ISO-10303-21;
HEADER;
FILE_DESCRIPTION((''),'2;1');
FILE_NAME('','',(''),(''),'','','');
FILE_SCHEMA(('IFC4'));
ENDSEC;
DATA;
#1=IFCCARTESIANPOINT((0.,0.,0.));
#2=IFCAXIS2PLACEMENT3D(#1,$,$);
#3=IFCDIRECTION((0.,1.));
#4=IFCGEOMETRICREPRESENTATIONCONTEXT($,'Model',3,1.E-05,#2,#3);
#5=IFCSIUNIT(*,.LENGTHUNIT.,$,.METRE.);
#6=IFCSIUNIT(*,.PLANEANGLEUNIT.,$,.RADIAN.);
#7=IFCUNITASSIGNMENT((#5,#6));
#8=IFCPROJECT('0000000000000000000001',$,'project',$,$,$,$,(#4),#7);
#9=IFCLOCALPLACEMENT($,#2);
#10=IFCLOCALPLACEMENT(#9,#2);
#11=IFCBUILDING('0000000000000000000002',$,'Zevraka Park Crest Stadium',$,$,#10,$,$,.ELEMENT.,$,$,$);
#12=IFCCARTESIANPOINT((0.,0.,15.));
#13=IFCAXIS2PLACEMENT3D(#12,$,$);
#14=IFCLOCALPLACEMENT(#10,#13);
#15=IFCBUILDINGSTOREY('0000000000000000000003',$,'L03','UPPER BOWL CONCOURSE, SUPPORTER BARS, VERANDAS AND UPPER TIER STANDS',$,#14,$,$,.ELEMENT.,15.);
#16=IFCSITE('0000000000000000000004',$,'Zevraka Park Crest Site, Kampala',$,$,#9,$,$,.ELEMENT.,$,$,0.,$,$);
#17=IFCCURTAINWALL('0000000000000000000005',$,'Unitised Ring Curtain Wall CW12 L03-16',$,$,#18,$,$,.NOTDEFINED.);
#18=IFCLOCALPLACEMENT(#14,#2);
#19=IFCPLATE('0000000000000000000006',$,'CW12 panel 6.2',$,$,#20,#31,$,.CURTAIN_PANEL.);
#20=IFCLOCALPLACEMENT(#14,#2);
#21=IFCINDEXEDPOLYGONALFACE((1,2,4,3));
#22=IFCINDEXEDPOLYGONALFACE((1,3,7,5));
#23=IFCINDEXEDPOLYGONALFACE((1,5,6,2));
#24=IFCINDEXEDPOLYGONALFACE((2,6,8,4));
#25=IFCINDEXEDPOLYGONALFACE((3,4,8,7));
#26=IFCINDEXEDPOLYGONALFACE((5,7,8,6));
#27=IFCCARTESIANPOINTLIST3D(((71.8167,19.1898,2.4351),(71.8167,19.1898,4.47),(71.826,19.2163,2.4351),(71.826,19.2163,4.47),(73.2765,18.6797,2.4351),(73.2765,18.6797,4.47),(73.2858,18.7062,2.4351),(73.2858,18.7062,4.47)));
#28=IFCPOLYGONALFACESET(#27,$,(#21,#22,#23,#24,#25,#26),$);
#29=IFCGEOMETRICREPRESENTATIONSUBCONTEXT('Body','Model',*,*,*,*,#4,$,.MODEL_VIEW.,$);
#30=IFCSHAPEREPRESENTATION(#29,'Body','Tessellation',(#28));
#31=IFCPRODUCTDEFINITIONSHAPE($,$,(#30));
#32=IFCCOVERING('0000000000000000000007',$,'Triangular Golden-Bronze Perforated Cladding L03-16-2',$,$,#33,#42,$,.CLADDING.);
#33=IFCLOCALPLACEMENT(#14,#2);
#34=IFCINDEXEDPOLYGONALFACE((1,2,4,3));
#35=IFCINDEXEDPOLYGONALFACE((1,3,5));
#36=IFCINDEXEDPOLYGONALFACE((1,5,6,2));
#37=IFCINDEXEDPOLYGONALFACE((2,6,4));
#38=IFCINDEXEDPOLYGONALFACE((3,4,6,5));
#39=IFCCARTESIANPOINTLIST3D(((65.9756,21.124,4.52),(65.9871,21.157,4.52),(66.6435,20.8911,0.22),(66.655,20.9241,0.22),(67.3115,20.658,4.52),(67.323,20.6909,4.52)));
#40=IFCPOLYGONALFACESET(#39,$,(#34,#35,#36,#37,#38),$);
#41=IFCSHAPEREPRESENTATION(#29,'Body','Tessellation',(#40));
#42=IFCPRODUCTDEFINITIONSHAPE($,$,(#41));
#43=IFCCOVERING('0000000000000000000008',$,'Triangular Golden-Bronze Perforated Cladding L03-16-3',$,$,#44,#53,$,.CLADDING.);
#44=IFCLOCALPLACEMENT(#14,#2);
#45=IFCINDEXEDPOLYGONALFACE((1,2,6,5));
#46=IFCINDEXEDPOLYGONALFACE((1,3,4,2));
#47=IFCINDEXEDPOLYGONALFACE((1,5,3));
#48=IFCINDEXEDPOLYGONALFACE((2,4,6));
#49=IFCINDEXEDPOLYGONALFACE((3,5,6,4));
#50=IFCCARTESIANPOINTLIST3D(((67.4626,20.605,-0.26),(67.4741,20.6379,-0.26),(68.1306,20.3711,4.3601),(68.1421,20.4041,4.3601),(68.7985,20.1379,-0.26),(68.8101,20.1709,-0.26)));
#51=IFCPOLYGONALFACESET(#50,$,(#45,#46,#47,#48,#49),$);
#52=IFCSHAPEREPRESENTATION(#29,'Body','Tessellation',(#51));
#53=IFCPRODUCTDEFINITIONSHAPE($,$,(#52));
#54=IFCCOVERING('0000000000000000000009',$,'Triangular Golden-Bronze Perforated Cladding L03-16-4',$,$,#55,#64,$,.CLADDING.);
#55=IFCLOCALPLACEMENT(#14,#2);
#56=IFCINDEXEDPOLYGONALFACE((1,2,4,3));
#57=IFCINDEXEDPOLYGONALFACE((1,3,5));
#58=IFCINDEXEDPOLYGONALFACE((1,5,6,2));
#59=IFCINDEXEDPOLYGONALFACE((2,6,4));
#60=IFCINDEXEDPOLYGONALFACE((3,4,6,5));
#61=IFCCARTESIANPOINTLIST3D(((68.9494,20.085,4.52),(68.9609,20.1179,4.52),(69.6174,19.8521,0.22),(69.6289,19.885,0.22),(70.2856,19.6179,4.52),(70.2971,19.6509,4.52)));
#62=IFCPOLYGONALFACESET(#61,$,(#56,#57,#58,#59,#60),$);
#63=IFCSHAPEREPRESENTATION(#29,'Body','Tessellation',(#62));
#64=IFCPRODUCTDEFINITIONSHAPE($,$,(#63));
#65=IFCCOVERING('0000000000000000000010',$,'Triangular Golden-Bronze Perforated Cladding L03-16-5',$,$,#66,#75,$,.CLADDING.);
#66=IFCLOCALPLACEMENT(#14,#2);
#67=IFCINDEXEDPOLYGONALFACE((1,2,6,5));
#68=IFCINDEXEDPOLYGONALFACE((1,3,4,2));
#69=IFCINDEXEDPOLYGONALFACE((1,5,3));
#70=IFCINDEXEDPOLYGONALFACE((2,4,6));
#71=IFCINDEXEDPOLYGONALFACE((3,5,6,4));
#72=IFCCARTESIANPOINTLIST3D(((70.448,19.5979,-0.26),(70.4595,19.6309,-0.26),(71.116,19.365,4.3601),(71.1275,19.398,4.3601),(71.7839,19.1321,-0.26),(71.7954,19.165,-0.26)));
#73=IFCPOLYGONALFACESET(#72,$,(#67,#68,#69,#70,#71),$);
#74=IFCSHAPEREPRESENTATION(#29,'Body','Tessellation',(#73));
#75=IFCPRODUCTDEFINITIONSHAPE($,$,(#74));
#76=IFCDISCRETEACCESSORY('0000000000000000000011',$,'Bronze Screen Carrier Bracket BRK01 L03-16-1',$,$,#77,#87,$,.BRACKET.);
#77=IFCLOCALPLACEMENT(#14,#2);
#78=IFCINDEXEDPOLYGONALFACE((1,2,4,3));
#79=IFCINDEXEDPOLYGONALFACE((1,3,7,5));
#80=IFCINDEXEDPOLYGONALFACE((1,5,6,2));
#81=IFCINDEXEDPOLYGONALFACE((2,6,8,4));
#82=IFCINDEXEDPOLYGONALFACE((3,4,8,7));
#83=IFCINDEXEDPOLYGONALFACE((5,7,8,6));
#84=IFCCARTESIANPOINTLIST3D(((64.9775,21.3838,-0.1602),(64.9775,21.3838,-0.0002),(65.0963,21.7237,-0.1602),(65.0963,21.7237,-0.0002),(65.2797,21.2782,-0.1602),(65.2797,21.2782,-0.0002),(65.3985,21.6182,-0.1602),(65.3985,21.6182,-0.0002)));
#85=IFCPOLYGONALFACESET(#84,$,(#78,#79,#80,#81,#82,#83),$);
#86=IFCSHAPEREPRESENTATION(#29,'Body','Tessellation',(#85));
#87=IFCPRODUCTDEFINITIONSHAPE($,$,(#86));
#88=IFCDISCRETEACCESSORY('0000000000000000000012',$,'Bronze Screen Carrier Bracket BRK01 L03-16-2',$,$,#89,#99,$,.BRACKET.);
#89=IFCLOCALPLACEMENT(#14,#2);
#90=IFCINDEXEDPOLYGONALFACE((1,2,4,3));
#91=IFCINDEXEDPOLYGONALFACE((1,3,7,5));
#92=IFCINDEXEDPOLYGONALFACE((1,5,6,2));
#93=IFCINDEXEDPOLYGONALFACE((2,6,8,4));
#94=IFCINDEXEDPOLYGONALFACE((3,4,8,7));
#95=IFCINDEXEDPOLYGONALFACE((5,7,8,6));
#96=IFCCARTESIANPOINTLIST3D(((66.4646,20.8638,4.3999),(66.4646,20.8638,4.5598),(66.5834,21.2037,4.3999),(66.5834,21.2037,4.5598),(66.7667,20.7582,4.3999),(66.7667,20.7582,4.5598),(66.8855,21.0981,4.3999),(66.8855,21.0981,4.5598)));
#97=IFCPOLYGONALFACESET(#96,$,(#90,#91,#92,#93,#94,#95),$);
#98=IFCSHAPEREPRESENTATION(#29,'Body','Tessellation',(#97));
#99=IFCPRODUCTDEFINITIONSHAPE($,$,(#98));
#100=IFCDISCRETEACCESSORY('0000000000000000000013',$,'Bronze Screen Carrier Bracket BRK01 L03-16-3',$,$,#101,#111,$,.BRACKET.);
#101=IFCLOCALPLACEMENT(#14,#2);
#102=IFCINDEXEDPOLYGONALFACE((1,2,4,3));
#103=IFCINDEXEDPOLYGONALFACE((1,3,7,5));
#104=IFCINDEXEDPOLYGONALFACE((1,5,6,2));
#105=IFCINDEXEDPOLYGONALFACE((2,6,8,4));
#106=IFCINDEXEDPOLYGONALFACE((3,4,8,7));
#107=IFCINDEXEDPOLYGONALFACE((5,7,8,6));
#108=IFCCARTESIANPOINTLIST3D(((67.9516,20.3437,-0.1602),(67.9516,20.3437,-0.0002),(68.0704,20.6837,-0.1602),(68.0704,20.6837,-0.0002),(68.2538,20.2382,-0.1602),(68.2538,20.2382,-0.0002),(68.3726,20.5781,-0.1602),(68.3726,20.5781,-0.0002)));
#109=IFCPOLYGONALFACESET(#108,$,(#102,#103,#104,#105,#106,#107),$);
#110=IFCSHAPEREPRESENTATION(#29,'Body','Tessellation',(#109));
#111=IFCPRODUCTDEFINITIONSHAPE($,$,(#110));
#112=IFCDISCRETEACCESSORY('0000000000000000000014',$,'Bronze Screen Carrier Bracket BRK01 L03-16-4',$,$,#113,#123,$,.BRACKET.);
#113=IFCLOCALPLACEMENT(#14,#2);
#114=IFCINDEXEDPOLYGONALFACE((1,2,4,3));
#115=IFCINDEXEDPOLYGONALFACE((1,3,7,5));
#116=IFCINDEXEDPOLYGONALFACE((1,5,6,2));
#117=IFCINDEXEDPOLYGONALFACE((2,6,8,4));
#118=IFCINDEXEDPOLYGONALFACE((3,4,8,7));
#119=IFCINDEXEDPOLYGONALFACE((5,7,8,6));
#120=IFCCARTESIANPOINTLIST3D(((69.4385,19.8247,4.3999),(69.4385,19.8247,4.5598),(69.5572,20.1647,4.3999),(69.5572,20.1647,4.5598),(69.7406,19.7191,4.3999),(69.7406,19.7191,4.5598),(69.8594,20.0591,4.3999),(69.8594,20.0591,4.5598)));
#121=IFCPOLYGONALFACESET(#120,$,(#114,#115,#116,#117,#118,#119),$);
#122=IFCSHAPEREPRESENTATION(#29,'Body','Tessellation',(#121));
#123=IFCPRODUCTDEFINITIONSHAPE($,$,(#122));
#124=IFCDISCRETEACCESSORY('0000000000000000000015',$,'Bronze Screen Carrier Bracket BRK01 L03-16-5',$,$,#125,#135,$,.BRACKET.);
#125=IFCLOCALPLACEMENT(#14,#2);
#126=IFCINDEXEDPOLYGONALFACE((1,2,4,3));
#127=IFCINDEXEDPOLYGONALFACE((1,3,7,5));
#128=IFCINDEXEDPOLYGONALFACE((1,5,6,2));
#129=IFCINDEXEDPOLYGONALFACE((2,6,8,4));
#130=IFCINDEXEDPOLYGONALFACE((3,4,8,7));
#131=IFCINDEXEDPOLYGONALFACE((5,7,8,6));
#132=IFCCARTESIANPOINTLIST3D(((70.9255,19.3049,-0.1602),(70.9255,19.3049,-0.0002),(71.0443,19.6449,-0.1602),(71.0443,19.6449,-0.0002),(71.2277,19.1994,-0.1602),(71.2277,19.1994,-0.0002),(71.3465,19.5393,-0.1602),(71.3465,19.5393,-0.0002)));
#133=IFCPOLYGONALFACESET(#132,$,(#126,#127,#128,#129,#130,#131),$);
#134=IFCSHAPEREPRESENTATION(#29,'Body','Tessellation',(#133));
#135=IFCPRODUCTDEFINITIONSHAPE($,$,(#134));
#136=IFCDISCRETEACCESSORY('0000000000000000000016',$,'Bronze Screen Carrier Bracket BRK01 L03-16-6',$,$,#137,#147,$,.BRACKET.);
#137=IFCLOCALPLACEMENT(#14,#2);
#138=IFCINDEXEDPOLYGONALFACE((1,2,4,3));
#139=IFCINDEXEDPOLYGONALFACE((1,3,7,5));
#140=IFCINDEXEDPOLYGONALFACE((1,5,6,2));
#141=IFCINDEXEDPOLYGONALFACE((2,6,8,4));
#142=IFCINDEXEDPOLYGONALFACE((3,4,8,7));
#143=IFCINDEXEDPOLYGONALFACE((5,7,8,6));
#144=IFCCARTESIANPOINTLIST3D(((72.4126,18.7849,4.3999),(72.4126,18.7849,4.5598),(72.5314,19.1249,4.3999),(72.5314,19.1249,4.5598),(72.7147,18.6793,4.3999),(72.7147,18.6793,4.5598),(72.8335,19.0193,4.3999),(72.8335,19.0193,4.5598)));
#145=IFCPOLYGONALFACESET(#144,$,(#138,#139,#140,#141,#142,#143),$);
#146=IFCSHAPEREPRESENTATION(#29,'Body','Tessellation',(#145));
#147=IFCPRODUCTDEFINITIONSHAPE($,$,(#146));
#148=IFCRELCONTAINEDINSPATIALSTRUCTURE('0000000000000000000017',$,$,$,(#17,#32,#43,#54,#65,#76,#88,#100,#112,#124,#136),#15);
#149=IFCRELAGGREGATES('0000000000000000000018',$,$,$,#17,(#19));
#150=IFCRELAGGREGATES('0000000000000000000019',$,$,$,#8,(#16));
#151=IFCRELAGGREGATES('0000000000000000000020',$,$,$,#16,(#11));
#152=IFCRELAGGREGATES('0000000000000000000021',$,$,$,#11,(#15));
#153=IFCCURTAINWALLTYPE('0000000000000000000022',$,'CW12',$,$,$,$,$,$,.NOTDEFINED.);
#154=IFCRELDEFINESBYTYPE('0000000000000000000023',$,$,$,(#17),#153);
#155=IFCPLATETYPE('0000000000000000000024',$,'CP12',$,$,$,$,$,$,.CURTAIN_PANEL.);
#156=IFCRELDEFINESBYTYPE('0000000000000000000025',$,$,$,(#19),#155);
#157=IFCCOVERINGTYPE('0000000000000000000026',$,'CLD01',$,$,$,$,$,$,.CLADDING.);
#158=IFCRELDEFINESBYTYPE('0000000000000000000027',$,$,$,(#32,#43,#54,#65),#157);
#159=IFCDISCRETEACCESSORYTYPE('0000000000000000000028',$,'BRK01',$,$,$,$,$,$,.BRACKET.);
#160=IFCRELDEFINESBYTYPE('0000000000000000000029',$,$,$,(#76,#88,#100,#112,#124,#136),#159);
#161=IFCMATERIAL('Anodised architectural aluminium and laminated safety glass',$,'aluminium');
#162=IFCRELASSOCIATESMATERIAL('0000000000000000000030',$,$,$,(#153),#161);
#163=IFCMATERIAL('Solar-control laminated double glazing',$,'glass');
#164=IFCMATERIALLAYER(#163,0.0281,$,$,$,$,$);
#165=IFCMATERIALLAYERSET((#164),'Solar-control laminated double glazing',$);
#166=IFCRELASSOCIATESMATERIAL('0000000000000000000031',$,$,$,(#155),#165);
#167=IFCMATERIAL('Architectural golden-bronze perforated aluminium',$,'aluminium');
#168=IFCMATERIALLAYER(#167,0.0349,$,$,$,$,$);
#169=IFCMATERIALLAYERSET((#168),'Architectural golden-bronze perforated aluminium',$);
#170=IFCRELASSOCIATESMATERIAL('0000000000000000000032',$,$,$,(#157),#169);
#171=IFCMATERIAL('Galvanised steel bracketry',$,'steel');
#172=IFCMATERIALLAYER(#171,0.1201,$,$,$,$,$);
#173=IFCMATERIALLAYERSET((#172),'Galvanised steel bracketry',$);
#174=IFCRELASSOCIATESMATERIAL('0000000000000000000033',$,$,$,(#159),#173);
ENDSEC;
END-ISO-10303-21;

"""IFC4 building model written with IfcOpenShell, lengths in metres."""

from ifc_helpers import new_model, si_unit, direction, frame, origin, origin_2d, place, context, subcontext, project, spatial, polyline, rectangle, outline, extrude, material, layer, layer_set, type_object, element, aggregate, save


model = new_model("IFC4")

# Units and contexts
model_context = context("Model", 3, precision=1e-05, world=origin(), true_north=direction((0.0, 1.0)))
body_context = subcontext(model_context, "Body", "Model", "MODEL_VIEW")
ifc_project = project(units=[si_unit("LENGTHUNIT", "METRE"), si_unit("PLANEANGLEUNIT", "RADIAN")], contexts=[model_context])

# Site, building, storey
site_placement = place(None, origin())
site = spatial("IfcSite", under=ifc_project, at=site_placement, Name="Zevraka Park Crest Site, Kampala", CompositionType="ELEMENT", RefElevation=0.0)
building_placement = place(site_placement, origin())
building = spatial("IfcBuilding", under=site, at=building_placement, Name="Zevraka Park Crest Stadium", CompositionType="ELEMENT")
storey_placement = place(building_placement, frame((0.0, 0.0, 15.0)))
storey = spatial("IfcBuildingStorey", under=building, at=storey_placement, Name="L03", Description="UPPER BOWL CONCOURSE, SUPPORTER BARS, VERANDAS AND UPPER TIER STANDS", CompositionType="ELEMENT", Elevation=15.0)

# Curtain wall, plate
ifc_material_1 = material(Name="Anodised architectural aluminium and laminated safety glass", Category="aluminium")
curtain_wall_type = type_object("IfcCurtainWallType", Name="CW12", PredefinedType="NOTDEFINED", material=ifc_material_1)
curtain_wall_placement = place(storey_placement, origin())
curtain_wall = element("IfcCurtainWall", 1, at=curtain_wall_placement, inside=storey, type_object=curtain_wall_type, Name="Unitised Ring Curtain Wall CW12 L03-16", PredefinedType="NOTDEFINED")
ifc_material_2 = material(Name="Solar-control laminated double glazing", Category="glass")
ifc_layer_1 = layer(ifc_material_2, 0.0281)
ifc_layer_set_1 = layer_set([ifc_layer_1], Name="Solar-control laminated double glazing")
plate_type = type_object("IfcPlateType", Name="CP12", PredefinedType="CURTAIN_PANEL", material=ifc_layer_set_1)
plate_1_placement = place(storey_placement, frame((72.5513, 18.948, 2.4351), z_axis=(0.0, 0.0, 1.0), x_axis=(0.94401, -0.329917, 0.0)))
plate_1 = element("IfcPlate", 2, at=plate_1_placement, type_object=plate_type, Name="CW12 panel 6.2", PredefinedType="CURTAIN_PANEL", context=body_context, shape_type="SweptSolid", body=[
    extrude(rectangle(XDim=1.5464, YDim=0.0281, at=origin_2d()), origin(), (0.0, 0.0, 1.0), 2.0349),
])
aggregate(curtain_wall, [plate_1])

# Coverings
ifc_material_3 = material(Name="Architectural golden-bronze perforated aluminium", Category="aluminium")
ifc_layer_2 = layer(ifc_material_3, 0.0349)
ifc_layer_set_2 = layer_set([ifc_layer_2], Name="Architectural golden-bronze perforated aluminium")
covering_type = type_object("IfcCoveringType", Name="CLD01", PredefinedType="CLADDING", material=ifc_layer_set_2)
covering_1_placement = place(storey_placement, frame((67.323, 20.6909, 4.52), z_axis=(0.329397, 0.944191, 0.000027), x_axis=(-0.944191, 0.329397, 0.0)))
element("IfcCovering", 3, at=covering_1_placement, inside=storey, type_object=covering_type, Name="Triangular Golden-Bronze Perforated Cladding L03-16-2", PredefinedType="CLADDING", context=body_context, shape_type="SweptSolid", body=[
    extrude(outline(polyline([(0.0, 0.0), (1.4149, 0.0), (0.7075, -4.3), (0.0, 0.0)])), origin(), (0.0, 0.0, -1.0), 0.0349),
])
covering_2_placement = place(storey_placement, frame((67.4741, 20.6379, -0.26), z_axis=(0.330012, 0.943977, 0.000075), x_axis=(0.943977, -0.330012, 0.0)))
element("IfcCovering", 4, at=covering_2_placement, inside=storey, type_object=covering_type, Name="Triangular Golden-Bronze Perforated Cladding L03-16-3", PredefinedType="CLADDING", context=body_context, shape_type="SweptSolid", body=[
    extrude(outline(polyline([(0.0, 0.0), (1.4152, 0.0), (0.7077, -4.6201), (0.0, 0.0)])), origin(), (0.0, 0.0, -1.0), 0.0349),
])
covering_3_placement = place(storey_placement, frame((70.2971, 19.6509, 4.52), z_axis=(0.329959, 0.943995, 0.000125), x_axis=(-0.943995, 0.329959, 0.0)))
element("IfcCovering", 5, at=covering_3_placement, inside=storey, type_object=covering_type, Name="Triangular Golden-Bronze Perforated Cladding L03-16-4", PredefinedType="CLADDING", context=body_context, shape_type="SweptSolid", body=[
    extrude(outline(polyline([(0.0, 0.0), (1.4155, 0.0), (0.708, -4.3), (0.0, 0.0)])), origin(), (0.0, 0.0, -1.0), 0.0349),
])
covering_4_placement = place(storey_placement, frame((70.448, 19.5979, -0.26), z_axis=(-0.329243, -0.944245, 0.0), x_axis=(0.944245, -0.329243, 0.0)))
element("IfcCovering", 6, at=covering_4_placement, inside=storey, type_object=covering_type, Name="Triangular Golden-Bronze Perforated Cladding L03-16-5", PredefinedType="CLADDING", context=body_context, shape_type="SweptSolid", body=[
    extrude(outline(polyline([(0.0, 0.0), (1.4148, 0.0), (0.7074, 4.6201), (0.0, 0.0)])), origin(), (0.0, 0.0, -1.0), 0.0349),
])

# Discrete accessories
ifc_material_4 = material(Name="Galvanised steel bracketry", Category="steel")
ifc_layer_3 = layer(ifc_material_4, 0.1201)
ifc_layer_set_3 = layer_set([ifc_layer_3], Name="Galvanised steel bracketry")
discrete_accessory_type = type_object("IfcDiscreteAccessoryType", Name="BRK01", PredefinedType="BRACKET", material=ifc_layer_set_3)
for number, where, z_axis, x_axis, name in (
    (7, (65.188, 21.501, -0.1602), (0.0, 0.0, 1.0), (0.944031, -0.329855, 0.0), "Bronze Screen Carrier Bracket BRK01 L03-16-1"),
    (8, (66.675, 20.981, 4.3999), (0.0, 0.0, 1.0), (0.944031, -0.329855, 0.0), "Bronze Screen Carrier Bracket BRK01 L03-16-2"),
    (9, (68.1621, 20.4609, -0.1602), (0.0, 0.0, 1.0), (0.944031, -0.329855, 0.0), "Bronze Screen Carrier Bracket BRK01 L03-16-3"),
    (10, (69.6489, 19.9419, 4.3999), (0.0, 0.0, 1.0), (0.944031, -0.329855, 0.0), "Bronze Screen Carrier Bracket BRK01 L03-16-4"),
    (11, (71.136, 19.4221, -0.1602), (0.0, 0.0, 1.0), (0.944031, -0.329855, 0.0), "Bronze Screen Carrier Bracket BRK01 L03-16-5"),
    (12, (72.623, 18.9021, 4.3999), (0.0, 0.0, 1.0), (0.944031, -0.329855, 0.0), "Bronze Screen Carrier Bracket BRK01 L03-16-6"),
):
    element("IfcDiscreteAccessory", number, at=place(storey_placement, frame(where, z_axis=z_axis, x_axis=x_axis)), inside=storey, type_object=discrete_accessory_type, Name=name, PredefinedType="BRACKET", context=body_context, shape_type="SweptSolid", body=[
        extrude(rectangle(XDim=0.3201, YDim=0.3601, at=origin_2d()), origin(), (0.0, 0.0, 1.0), 0.1599),
    ])

save(model, "model.ifc")
